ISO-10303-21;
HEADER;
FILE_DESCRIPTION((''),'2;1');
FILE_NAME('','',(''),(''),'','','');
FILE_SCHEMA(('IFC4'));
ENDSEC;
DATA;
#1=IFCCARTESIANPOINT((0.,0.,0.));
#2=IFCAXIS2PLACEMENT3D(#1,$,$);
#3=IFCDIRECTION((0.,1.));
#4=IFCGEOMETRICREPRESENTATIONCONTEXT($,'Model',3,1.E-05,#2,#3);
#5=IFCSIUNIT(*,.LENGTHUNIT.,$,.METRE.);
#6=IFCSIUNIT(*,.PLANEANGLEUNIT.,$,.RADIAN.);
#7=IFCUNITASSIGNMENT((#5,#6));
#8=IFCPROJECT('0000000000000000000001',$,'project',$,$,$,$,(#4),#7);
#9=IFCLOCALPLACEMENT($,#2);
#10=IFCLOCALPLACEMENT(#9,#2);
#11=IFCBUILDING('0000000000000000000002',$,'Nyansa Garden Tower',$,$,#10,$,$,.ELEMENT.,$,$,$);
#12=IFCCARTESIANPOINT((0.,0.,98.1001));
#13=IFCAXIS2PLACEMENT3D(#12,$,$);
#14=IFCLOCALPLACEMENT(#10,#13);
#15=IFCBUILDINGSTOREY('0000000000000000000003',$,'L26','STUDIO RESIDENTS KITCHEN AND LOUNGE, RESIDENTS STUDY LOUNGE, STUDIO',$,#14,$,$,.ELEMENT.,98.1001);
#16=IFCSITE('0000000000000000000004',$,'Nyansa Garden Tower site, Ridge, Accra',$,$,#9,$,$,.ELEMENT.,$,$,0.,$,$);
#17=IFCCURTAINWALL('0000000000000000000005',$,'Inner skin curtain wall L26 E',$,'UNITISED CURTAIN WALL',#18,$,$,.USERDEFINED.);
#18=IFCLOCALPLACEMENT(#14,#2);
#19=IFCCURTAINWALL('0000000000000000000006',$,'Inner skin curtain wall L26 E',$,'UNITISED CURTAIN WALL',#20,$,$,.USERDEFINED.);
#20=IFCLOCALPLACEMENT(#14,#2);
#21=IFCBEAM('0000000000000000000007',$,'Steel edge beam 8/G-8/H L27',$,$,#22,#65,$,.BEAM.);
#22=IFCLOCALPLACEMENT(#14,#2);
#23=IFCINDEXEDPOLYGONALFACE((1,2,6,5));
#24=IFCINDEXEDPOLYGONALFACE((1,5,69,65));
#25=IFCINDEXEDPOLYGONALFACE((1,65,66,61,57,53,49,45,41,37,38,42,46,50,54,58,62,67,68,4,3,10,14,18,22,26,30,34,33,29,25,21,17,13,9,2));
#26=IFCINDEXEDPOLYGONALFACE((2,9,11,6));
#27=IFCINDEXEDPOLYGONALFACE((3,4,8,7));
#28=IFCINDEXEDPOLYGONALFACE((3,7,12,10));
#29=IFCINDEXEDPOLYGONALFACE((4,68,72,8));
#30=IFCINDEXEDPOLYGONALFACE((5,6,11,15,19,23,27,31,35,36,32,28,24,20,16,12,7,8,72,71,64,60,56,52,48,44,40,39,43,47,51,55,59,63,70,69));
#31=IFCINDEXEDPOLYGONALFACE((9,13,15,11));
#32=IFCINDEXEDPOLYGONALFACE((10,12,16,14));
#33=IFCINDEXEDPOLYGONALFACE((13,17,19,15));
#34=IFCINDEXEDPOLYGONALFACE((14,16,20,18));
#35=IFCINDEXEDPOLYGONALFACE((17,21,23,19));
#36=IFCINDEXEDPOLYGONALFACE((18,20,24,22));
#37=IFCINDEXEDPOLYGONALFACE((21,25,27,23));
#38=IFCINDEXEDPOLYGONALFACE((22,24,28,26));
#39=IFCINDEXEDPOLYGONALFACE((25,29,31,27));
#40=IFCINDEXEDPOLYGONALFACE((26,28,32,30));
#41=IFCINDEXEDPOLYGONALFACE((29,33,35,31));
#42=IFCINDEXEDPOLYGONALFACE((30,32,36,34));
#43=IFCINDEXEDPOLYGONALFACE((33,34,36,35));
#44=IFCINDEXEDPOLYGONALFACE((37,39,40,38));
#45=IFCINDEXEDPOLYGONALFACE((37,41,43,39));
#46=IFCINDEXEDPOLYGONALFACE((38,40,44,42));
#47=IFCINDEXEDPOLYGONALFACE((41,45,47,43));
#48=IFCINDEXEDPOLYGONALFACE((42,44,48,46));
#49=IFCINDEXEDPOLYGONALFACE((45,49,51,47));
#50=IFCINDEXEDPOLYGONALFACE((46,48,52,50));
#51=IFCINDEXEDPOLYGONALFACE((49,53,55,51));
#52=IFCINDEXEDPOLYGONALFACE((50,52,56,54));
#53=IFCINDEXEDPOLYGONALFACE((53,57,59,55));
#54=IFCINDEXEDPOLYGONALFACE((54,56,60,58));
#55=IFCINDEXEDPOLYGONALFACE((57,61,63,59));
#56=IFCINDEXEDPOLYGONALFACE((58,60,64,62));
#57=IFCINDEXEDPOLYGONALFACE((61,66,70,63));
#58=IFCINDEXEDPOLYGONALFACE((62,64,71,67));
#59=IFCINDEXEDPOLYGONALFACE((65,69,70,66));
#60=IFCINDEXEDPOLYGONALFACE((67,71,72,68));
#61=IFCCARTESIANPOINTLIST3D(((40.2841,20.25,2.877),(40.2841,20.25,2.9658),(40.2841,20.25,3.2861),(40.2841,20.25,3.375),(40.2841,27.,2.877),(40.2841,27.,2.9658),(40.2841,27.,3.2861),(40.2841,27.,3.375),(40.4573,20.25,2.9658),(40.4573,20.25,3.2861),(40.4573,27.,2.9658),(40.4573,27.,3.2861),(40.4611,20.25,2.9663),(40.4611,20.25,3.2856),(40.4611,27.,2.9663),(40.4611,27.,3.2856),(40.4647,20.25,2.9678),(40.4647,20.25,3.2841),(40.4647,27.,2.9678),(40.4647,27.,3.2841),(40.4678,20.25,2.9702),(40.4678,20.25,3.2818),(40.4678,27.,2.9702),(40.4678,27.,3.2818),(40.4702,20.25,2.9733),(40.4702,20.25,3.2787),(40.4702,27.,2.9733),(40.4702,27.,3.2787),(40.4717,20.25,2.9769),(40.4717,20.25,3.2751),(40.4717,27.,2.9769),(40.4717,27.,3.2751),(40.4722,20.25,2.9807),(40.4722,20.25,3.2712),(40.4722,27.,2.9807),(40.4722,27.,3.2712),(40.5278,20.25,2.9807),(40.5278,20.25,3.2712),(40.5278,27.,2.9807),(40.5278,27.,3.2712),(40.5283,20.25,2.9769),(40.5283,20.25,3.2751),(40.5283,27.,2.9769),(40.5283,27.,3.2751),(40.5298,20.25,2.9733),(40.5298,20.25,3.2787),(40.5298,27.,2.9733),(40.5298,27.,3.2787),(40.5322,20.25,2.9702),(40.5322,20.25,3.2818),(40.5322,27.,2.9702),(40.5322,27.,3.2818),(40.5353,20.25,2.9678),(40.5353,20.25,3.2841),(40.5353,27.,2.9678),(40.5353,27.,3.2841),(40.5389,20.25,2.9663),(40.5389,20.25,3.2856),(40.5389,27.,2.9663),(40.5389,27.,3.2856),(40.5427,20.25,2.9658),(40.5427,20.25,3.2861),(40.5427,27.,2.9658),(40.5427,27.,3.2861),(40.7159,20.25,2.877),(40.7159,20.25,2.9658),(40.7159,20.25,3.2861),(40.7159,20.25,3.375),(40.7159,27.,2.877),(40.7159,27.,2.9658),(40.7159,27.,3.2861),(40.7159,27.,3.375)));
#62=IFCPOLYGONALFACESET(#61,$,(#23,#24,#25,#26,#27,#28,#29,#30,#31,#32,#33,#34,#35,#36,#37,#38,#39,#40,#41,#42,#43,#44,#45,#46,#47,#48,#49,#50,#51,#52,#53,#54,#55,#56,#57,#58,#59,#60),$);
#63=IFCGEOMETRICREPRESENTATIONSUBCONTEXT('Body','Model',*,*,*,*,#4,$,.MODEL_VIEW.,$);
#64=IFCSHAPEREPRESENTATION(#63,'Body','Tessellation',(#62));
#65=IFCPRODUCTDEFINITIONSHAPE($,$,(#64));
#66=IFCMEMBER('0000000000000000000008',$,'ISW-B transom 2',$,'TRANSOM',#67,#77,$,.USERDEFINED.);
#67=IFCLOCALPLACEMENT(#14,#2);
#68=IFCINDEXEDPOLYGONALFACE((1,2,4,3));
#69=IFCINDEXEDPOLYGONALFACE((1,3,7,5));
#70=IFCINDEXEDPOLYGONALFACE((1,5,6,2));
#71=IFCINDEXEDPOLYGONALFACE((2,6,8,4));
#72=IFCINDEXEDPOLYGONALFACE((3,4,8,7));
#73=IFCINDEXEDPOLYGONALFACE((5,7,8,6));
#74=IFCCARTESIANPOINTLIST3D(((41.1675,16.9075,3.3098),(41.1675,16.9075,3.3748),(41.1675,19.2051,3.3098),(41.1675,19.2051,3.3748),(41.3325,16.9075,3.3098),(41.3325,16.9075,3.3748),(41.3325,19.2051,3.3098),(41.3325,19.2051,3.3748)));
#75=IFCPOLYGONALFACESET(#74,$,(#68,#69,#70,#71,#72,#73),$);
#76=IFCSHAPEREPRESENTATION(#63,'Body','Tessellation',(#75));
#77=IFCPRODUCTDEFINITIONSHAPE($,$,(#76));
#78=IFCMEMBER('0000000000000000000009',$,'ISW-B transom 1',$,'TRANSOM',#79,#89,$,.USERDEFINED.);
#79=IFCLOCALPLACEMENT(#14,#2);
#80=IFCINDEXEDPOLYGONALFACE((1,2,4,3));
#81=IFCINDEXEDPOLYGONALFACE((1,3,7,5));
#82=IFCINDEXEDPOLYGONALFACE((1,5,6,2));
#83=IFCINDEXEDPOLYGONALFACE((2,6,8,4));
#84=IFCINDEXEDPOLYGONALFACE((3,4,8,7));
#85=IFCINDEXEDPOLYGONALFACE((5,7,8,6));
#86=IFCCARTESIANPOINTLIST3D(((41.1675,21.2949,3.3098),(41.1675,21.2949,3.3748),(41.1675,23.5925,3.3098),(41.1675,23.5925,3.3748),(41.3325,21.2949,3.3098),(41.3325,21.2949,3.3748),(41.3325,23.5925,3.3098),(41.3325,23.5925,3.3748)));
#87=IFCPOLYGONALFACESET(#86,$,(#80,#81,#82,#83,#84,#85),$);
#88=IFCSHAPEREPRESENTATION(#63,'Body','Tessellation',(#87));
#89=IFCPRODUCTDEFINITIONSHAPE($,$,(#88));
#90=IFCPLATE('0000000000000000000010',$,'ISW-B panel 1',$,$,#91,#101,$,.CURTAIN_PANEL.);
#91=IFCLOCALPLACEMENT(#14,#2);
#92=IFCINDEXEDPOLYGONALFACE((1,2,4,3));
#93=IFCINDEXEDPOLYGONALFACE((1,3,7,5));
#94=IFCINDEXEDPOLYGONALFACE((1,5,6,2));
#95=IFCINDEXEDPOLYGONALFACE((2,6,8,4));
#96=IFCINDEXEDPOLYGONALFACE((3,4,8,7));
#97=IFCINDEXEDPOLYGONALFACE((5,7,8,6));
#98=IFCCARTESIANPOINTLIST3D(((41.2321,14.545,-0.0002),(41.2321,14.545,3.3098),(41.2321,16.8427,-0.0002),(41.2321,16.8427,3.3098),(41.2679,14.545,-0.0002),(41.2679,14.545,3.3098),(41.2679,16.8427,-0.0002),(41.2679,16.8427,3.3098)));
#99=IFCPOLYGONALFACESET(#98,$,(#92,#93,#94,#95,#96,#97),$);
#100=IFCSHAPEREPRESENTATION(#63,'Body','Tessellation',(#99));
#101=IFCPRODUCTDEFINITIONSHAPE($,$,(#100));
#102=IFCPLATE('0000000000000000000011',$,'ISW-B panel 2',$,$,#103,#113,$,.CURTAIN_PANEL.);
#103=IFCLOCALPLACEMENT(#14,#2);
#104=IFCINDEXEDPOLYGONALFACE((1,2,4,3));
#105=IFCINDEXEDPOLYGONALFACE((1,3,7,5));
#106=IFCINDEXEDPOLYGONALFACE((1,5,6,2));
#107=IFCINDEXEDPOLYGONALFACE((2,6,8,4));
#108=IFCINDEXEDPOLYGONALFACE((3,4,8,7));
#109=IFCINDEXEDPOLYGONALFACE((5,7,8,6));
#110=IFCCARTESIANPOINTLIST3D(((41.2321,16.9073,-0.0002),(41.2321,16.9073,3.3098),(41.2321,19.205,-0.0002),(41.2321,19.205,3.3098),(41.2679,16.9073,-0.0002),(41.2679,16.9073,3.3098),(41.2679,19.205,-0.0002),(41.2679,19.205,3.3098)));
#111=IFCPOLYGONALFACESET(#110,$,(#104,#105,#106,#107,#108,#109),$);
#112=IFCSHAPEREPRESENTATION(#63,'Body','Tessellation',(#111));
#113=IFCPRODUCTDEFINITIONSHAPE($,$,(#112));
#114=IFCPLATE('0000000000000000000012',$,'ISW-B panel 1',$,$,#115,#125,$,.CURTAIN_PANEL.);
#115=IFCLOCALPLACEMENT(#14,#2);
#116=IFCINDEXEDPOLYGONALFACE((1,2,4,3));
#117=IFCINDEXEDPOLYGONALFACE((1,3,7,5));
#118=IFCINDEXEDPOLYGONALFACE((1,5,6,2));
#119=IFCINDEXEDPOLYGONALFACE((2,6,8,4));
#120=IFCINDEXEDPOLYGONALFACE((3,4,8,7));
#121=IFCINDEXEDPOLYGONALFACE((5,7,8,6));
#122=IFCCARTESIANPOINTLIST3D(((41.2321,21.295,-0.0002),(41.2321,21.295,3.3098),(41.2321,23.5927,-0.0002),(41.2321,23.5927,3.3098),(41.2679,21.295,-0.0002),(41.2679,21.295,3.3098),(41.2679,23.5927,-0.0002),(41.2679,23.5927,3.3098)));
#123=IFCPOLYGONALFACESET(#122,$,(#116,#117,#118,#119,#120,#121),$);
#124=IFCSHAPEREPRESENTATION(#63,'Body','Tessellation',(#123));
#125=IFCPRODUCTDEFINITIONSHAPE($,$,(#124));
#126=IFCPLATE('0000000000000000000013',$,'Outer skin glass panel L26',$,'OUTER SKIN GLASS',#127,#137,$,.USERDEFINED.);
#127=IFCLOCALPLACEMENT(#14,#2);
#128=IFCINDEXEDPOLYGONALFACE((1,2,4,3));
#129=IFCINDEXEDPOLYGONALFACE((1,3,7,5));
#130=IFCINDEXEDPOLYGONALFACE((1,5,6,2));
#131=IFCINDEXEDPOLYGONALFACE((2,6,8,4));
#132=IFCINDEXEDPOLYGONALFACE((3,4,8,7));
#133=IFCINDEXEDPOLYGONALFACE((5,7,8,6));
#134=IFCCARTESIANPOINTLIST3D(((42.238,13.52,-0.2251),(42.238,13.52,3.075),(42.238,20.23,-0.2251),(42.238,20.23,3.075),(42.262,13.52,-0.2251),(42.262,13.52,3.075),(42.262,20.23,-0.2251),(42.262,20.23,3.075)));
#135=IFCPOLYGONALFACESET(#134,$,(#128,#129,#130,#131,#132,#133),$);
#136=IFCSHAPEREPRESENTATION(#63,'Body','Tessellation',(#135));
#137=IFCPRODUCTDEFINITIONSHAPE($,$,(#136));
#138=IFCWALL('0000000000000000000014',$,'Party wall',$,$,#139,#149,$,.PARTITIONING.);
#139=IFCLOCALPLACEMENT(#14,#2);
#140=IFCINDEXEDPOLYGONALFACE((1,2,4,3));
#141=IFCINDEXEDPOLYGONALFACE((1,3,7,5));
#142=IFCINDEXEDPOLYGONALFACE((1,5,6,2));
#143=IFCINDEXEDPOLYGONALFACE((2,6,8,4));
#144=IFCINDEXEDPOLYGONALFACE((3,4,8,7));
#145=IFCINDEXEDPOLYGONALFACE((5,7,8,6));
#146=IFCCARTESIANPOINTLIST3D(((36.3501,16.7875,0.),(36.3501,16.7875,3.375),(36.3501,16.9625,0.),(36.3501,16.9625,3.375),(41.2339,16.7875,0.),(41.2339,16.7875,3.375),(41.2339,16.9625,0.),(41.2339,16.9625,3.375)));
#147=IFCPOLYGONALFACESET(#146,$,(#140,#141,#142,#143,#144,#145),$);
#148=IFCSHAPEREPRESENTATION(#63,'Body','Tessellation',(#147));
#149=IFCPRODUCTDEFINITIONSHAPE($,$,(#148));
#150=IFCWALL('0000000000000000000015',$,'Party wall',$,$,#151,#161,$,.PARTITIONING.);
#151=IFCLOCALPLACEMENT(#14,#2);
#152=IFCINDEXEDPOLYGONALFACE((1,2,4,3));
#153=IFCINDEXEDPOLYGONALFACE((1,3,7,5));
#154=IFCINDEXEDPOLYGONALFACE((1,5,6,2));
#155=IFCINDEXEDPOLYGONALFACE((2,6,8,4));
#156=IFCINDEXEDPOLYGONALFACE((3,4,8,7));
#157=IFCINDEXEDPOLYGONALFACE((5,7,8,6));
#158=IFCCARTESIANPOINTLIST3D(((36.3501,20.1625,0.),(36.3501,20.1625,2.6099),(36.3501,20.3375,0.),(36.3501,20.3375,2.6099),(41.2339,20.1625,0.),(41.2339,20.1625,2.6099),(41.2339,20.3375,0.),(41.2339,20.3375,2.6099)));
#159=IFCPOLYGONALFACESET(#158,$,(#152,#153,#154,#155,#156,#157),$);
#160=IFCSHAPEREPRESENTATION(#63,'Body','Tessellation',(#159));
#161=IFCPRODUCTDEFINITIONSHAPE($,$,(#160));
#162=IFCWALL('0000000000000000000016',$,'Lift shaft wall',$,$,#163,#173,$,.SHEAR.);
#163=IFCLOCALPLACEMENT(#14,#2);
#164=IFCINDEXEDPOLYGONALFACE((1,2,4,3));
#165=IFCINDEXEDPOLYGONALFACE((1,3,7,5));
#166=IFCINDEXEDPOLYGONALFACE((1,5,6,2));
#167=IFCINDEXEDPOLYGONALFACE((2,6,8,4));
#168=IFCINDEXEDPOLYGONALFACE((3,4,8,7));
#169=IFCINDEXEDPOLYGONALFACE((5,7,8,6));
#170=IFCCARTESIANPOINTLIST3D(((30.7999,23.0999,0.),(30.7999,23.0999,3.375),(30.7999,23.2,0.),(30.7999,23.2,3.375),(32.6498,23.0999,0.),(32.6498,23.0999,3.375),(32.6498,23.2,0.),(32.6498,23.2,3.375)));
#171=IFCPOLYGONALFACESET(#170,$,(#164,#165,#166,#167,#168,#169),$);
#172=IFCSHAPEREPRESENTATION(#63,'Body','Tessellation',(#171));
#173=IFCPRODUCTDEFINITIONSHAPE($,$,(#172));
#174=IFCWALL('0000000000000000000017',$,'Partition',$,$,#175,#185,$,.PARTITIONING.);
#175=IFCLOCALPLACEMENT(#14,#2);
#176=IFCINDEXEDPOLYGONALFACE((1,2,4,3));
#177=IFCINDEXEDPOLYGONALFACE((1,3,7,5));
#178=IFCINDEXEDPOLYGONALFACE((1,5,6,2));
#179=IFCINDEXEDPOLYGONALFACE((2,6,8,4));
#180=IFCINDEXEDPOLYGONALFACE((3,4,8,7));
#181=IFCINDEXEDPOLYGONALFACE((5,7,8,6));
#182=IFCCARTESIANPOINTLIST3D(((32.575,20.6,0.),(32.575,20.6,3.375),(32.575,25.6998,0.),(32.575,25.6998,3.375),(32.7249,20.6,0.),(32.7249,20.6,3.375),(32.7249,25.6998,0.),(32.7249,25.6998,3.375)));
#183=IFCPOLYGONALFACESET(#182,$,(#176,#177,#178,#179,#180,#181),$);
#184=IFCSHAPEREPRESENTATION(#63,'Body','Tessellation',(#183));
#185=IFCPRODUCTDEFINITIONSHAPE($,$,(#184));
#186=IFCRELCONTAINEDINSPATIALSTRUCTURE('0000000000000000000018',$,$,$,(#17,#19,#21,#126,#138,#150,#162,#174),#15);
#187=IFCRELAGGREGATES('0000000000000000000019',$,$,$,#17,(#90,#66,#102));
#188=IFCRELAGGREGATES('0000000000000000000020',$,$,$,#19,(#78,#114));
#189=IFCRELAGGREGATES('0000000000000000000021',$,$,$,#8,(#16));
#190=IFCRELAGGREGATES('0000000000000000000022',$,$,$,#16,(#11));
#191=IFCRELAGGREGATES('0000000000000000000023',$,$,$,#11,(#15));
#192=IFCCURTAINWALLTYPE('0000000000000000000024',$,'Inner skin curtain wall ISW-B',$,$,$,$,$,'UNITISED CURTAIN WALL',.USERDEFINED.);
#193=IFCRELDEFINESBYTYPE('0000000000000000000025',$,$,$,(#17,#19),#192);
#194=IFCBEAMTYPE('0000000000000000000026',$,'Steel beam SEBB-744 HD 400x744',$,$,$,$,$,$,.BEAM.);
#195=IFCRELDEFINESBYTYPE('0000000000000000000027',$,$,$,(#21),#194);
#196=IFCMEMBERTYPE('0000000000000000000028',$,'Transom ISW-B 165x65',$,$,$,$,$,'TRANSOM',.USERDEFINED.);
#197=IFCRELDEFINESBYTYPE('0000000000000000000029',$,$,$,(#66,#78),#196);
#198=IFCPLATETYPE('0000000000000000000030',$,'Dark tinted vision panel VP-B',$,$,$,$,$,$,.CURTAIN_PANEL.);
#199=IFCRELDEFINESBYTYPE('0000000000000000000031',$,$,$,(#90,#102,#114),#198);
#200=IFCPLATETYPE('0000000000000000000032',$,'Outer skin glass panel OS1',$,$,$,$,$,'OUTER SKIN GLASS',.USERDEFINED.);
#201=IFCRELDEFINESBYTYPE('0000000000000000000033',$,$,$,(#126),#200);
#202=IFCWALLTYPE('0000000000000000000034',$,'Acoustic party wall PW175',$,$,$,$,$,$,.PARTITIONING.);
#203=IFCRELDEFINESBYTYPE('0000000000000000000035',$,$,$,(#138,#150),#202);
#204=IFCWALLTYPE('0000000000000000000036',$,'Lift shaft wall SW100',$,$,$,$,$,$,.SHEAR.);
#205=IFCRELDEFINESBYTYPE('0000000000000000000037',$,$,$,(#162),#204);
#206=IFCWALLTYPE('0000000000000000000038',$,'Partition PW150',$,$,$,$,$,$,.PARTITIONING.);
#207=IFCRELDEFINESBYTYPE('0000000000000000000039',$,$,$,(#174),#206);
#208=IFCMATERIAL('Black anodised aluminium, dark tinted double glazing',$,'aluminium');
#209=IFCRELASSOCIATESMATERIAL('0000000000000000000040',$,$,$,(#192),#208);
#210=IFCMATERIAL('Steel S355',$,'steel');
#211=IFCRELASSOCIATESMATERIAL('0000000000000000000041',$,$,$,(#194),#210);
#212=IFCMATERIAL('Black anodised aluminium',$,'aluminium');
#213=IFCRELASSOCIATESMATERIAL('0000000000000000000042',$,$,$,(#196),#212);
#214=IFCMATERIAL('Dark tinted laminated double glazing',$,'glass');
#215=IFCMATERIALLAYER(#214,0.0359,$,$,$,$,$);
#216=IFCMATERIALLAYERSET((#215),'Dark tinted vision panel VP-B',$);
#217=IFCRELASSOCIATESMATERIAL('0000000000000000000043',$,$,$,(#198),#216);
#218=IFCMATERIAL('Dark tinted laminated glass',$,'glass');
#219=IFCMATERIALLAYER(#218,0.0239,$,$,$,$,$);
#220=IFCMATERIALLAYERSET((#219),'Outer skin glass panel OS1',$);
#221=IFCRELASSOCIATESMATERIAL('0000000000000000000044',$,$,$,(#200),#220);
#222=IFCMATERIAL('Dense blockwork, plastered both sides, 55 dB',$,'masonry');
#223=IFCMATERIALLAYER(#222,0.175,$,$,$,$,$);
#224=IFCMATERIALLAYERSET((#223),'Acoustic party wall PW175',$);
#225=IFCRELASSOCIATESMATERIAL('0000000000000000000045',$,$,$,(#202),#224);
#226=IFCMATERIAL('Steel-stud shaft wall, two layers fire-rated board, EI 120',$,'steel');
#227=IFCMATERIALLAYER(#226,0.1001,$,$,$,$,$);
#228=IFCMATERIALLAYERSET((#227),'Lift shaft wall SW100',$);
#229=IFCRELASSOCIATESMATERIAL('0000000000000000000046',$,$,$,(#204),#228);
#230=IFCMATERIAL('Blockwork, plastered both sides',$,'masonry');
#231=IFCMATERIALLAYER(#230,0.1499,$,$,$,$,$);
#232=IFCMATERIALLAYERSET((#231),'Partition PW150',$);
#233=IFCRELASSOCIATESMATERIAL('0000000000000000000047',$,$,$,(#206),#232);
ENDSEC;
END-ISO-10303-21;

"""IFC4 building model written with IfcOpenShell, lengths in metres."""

from ifc_helpers import new_model, si_unit, direction, frame, frame_2d, origin, origin_2d, place, context, subcontext, project, spatial, rectangle, i_section, extrude, material, layer, layer_set, material_profile, profile_set, type_object, element, aggregate, save


model = new_model("IFC4")

# Units and contexts
model_context = context("Model", 3, precision=1e-05, world=origin(), true_north=direction((0.0, 1.0)))
body_context = subcontext(model_context, "Body", "Model", "MODEL_VIEW")
ifc_project = project(units=[si_unit("LENGTHUNIT", "METRE"), si_unit("PLANEANGLEUNIT", "RADIAN")], contexts=[model_context])

# Site, building, storey
site_placement = place(None, origin())
site = spatial("IfcSite", under=ifc_project, at=site_placement, Name="Nyansa Garden Tower site, Ridge, Accra", CompositionType="ELEMENT", RefElevation=0.0)
building_placement = place(site_placement, origin())
building = spatial("IfcBuilding", under=site, at=building_placement, Name="Nyansa Garden Tower", CompositionType="ELEMENT")
storey_placement = place(building_placement, frame((0.0, 0.0, 98.1001)))
storey = spatial("IfcBuildingStorey", under=building, at=storey_placement, Name="L26", Description="STUDIO RESIDENTS KITCHEN AND LOUNGE, RESIDENTS STUDY LOUNGE, STUDIO", CompositionType="ELEMENT", Elevation=98.1001)

# Curtain wall
ifc_material_1 = material(Name="Black anodised aluminium, dark tinted double glazing", Category="aluminium")
curtain_wall_type = type_object("IfcCurtainWallType", Name="Inner skin curtain wall ISW-B", ElementType="UNITISED CURTAIN WALL", PredefinedType="USERDEFINED", material=ifc_material_1)
curtain_wall_1_placement = place(storey_placement, origin())
curtain_wall_1 = element("IfcCurtainWall", 1, at=curtain_wall_1_placement, inside=storey, type_object=curtain_wall_type, Name="Inner skin curtain wall L26 E", ObjectType="UNITISED CURTAIN WALL", PredefinedType="USERDEFINED")

# Curtain wall
curtain_wall_2_placement = place(storey_placement, origin())
curtain_wall_2 = element("IfcCurtainWall", 2, at=curtain_wall_2_placement, inside=storey, type_object=curtain_wall_type, Name="Inner skin curtain wall L26 E", ObjectType="UNITISED CURTAIN WALL", PredefinedType="USERDEFINED")

# Beam
ifc_material_2 = material(Name="Steel S355", Category="steel")
ifc_material_profile_1 = material_profile(ifc_material_2, i_section(OverallWidth=0.4319, OverallDepth=0.498, WebThickness=0.0557, FlangeThickness=0.0889, FilletRadius=0.0149, at=origin_2d()), Name="HD 400x744")
ifc_profile_set_1 = profile_set([ifc_material_profile_1], Name="Steel S355")
beam_type_1 = type_object("IfcBeamType", Name="Steel beam SEBB-744 HD 400x744", PredefinedType="BEAM", material=ifc_profile_set_1)
beam_1_placement = place(storey_placement, frame((40.5, 20.25, 3.126), z_axis=(0.0, 1.0, 0.0), x_axis=(-1.0, 0.0, 0.0)))
element("IfcBeam", 3, at=beam_1_placement, inside=storey, type_object=beam_type_1, Name="Steel edge beam 8/G-8/H L27", PredefinedType="BEAM", context=body_context, shape_type="SweptSolid", body=[
    extrude(i_section(OverallWidth=0.4319, OverallDepth=0.498, WebThickness=0.0557, FlangeThickness=0.0889, FilletRadius=0.0149, at=origin_2d()), origin(), (0.0, 0.0, 1.0), 6.75),
])

# Members
ifc_material_3 = material(Name="Black anodised aluminium", Category="aluminium")
ifc_material_profile_2 = material_profile(ifc_material_3, rectangle(XDim=0.165, YDim=0.0649, at=origin_2d()), Name="Transom 165x65")
ifc_profile_set_2 = profile_set([ifc_material_profile_2], Name="Black anodised aluminium")
member_type_1 = type_object("IfcMemberType", Name="Transom ISW-B 165x65", ElementType="TRANSOM", PredefinedType="USERDEFINED", material=ifc_profile_set_2)
member_1_placement = place(storey_placement, frame((41.25, 16.9075, 3.3423), z_axis=(0.0, 1.0, 0.0), x_axis=(-1.0, 0.0, 0.0)))
member_1 = element("IfcMember", 4, at=member_1_placement, type_object=member_type_1, Name="ISW-B transom 2", ObjectType="TRANSOM", PredefinedType="USERDEFINED", context=body_context, shape_type="SweptSolid", body=[
    extrude(rectangle(XDim=0.165, YDim=0.0649, at=origin_2d()), origin(), (0.0, 0.0, 1.0), 2.2976),
])
member_2_placement = place(storey_placement, frame((41.25, 21.2949, 3.3423), z_axis=(0.0, 1.0, 0.0), x_axis=(-1.0, 0.0, 0.0)))
member_2 = element("IfcMember", 5, at=member_2_placement, type_object=member_type_1, Name="ISW-B transom 1", ObjectType="TRANSOM", PredefinedType="USERDEFINED", context=body_context, shape_type="SweptSolid", body=[
    extrude(rectangle(XDim=0.165, YDim=0.0649, at=origin_2d()), origin(), (0.0, 0.0, 1.0), 2.2976),
])

# Plates
ifc_material_4 = material(Name="Dark tinted laminated double glazing", Category="glass")
ifc_layer_1 = layer(ifc_material_4, 0.0359)
ifc_layer_set_1 = layer_set([ifc_layer_1], Name="Dark tinted vision panel VP-B")
plate_type_1 = type_object("IfcPlateType", Name="Dark tinted vision panel VP-B", PredefinedType="CURTAIN_PANEL", material=ifc_layer_set_1)
plate_1_placement = place(storey_placement, frame((41.25, 15.6938, -0.0002), z_axis=(0.0, 0.0, 1.0), x_axis=(0.0, 1.0, 0.0)))
plate_1 = element("IfcPlate", 6, at=plate_1_placement, type_object=plate_type_1, Name="ISW-B panel 1", PredefinedType="CURTAIN_PANEL", context=body_context, shape_type="SweptSolid", body=[
    extrude(rectangle(XDim=2.2976, YDim=0.0359, at=origin_2d()), origin(), (0.0, 0.0, 1.0), 3.3101),
])
plate_2_placement = place(storey_placement, frame((41.25, 18.0562, -0.0002), z_axis=(0.0, 0.0, 1.0), x_axis=(0.0, 1.0, 0.0)))
plate_2 = element("IfcPlate", 7, at=plate_2_placement, type_object=plate_type_1, Name="ISW-B panel 2", PredefinedType="CURTAIN_PANEL", context=body_context, shape_type="SweptSolid", body=[
    extrude(rectangle(XDim=2.2976, YDim=0.0359, at=origin_2d()), origin(), (0.0, 0.0, 1.0), 3.3101),
])
aggregate(curtain_wall_1, [plate_1, member_1, plate_2])
plate_3_placement = place(storey_placement, frame((41.25, 22.4438, -0.0002), z_axis=(0.0, 0.0, 1.0), x_axis=(0.0, 1.0, 0.0)))
plate_3 = element("IfcPlate", 8, at=plate_3_placement, type_object=plate_type_1, Name="ISW-B panel 1", PredefinedType="CURTAIN_PANEL", context=body_context, shape_type="SweptSolid", body=[
    extrude(rectangle(XDim=2.2976, YDim=0.0359, at=origin_2d()), origin(), (0.0, 0.0, 1.0), 3.3101),
])
aggregate(curtain_wall_2, [member_2, plate_3])
ifc_material_5 = material(Name="Dark tinted laminated glass", Category="glass")
ifc_layer_2 = layer(ifc_material_5, 0.0239)
ifc_layer_set_2 = layer_set([ifc_layer_2], Name="Outer skin glass panel OS1")
plate_type_2 = type_object("IfcPlateType", Name="Outer skin glass panel OS1", ElementType="OUTER SKIN GLASS", PredefinedType="USERDEFINED", material=ifc_layer_set_2)
plate_4_placement = place(storey_placement, frame((42.25, 16.875, -0.2251), z_axis=(0.0, 0.0, 1.0), x_axis=(0.0, 1.0, 0.0)))
element("IfcPlate", 9, at=plate_4_placement, inside=storey, type_object=plate_type_2, Name="Outer skin glass panel L26", ObjectType="OUTER SKIN GLASS", PredefinedType="USERDEFINED", context=body_context, shape_type="SweptSolid", body=[
    extrude(rectangle(XDim=6.71, YDim=0.0239, at=origin_2d()), origin(), (0.0, 0.0, 1.0), 3.3),
])

# Walls
ifc_material_6 = material(Name="Dense blockwork, plastered both sides, 55 dB", Category="masonry")
ifc_layer_3 = layer(ifc_material_6, 0.175)
ifc_layer_set_3 = layer_set([ifc_layer_3], Name="Acoustic party wall PW175")
wall_type_1 = type_object("IfcWallType", Name="Acoustic party wall PW175", PredefinedType="PARTITIONING", material=ifc_layer_set_3)
wall_1_placement = place(storey_placement, frame((36.3501, 16.875, 0.0), z_axis=(0.0, 0.0, 1.0), x_axis=(1.0, 0.0, 0.0)))
element("IfcWall", 10, at=wall_1_placement, inside=storey, type_object=wall_type_1, Name="Party wall", PredefinedType="PARTITIONING", context=body_context, shape_type="SweptSolid", body=[
    extrude(rectangle(XDim=4.8838, YDim=0.175, at=frame_2d((2.4419, 0.0))), origin(), (0.0, 0.0, 1.0), 3.375),
])
wall_2_placement = place(storey_placement, frame((36.3501, 20.25, 0.0), z_axis=(0.0, 0.0, 1.0), x_axis=(1.0, 0.0, 0.0)))
element("IfcWall", 11, at=wall_2_placement, inside=storey, type_object=wall_type_1, Name="Party wall", PredefinedType="PARTITIONING", context=body_context, shape_type="SweptSolid", body=[
    extrude(rectangle(XDim=4.8838, YDim=0.175, at=frame_2d((2.4419, 0.0))), origin(), (0.0, 0.0, 1.0), 2.6099),
])
ifc_material_7 = material(Name="Steel-stud shaft wall, two layers fire-rated board, EI 120", Category="steel")
ifc_layer_4 = layer(ifc_material_7, 0.1001)
ifc_layer_set_4 = layer_set([ifc_layer_4], Name="Lift shaft wall SW100")
wall_type_2 = type_object("IfcWallType", Name="Lift shaft wall SW100", PredefinedType="SHEAR", material=ifc_layer_set_4)
wall_3_placement = place(storey_placement, frame((30.8, 23.1499, 0.0), z_axis=(0.0, 0.0, 1.0), x_axis=(1.0, 0.0, 0.0)))
element("IfcWall", 12, at=wall_3_placement, inside=storey, type_object=wall_type_2, Name="Lift shaft wall", PredefinedType="SHEAR", context=body_context, shape_type="SweptSolid", body=[
    extrude(rectangle(XDim=1.8499, YDim=0.1001, at=frame_2d((0.9248, 0.0))), origin(), (0.0, 0.0, 1.0), 3.375),
])
ifc_material_8 = material(Name="Blockwork, plastered both sides", Category="masonry")
ifc_layer_5 = layer(ifc_material_8, 0.1499)
ifc_layer_set_5 = layer_set([ifc_layer_5], Name="Partition PW150")
wall_type_3 = type_object("IfcWallType", Name="Partition PW150", PredefinedType="PARTITIONING", material=ifc_layer_set_5)
wall_4_placement = place(storey_placement, frame((32.6499, 20.6001, 0.0), z_axis=(0.0, 0.0, 1.0), x_axis=(0.0, 1.0, 0.0)))
element("IfcWall", 13, at=wall_4_placement, inside=storey, type_object=wall_type_3, Name="Partition", PredefinedType="PARTITIONING", context=body_context, shape_type="SweptSolid", body=[
    extrude(rectangle(XDim=5.0999, YDim=0.1499, at=frame_2d((2.5498, 0.0))), origin(), (0.0, 0.0, 1.0), 3.375),
])

save(model, "model.ifc")
